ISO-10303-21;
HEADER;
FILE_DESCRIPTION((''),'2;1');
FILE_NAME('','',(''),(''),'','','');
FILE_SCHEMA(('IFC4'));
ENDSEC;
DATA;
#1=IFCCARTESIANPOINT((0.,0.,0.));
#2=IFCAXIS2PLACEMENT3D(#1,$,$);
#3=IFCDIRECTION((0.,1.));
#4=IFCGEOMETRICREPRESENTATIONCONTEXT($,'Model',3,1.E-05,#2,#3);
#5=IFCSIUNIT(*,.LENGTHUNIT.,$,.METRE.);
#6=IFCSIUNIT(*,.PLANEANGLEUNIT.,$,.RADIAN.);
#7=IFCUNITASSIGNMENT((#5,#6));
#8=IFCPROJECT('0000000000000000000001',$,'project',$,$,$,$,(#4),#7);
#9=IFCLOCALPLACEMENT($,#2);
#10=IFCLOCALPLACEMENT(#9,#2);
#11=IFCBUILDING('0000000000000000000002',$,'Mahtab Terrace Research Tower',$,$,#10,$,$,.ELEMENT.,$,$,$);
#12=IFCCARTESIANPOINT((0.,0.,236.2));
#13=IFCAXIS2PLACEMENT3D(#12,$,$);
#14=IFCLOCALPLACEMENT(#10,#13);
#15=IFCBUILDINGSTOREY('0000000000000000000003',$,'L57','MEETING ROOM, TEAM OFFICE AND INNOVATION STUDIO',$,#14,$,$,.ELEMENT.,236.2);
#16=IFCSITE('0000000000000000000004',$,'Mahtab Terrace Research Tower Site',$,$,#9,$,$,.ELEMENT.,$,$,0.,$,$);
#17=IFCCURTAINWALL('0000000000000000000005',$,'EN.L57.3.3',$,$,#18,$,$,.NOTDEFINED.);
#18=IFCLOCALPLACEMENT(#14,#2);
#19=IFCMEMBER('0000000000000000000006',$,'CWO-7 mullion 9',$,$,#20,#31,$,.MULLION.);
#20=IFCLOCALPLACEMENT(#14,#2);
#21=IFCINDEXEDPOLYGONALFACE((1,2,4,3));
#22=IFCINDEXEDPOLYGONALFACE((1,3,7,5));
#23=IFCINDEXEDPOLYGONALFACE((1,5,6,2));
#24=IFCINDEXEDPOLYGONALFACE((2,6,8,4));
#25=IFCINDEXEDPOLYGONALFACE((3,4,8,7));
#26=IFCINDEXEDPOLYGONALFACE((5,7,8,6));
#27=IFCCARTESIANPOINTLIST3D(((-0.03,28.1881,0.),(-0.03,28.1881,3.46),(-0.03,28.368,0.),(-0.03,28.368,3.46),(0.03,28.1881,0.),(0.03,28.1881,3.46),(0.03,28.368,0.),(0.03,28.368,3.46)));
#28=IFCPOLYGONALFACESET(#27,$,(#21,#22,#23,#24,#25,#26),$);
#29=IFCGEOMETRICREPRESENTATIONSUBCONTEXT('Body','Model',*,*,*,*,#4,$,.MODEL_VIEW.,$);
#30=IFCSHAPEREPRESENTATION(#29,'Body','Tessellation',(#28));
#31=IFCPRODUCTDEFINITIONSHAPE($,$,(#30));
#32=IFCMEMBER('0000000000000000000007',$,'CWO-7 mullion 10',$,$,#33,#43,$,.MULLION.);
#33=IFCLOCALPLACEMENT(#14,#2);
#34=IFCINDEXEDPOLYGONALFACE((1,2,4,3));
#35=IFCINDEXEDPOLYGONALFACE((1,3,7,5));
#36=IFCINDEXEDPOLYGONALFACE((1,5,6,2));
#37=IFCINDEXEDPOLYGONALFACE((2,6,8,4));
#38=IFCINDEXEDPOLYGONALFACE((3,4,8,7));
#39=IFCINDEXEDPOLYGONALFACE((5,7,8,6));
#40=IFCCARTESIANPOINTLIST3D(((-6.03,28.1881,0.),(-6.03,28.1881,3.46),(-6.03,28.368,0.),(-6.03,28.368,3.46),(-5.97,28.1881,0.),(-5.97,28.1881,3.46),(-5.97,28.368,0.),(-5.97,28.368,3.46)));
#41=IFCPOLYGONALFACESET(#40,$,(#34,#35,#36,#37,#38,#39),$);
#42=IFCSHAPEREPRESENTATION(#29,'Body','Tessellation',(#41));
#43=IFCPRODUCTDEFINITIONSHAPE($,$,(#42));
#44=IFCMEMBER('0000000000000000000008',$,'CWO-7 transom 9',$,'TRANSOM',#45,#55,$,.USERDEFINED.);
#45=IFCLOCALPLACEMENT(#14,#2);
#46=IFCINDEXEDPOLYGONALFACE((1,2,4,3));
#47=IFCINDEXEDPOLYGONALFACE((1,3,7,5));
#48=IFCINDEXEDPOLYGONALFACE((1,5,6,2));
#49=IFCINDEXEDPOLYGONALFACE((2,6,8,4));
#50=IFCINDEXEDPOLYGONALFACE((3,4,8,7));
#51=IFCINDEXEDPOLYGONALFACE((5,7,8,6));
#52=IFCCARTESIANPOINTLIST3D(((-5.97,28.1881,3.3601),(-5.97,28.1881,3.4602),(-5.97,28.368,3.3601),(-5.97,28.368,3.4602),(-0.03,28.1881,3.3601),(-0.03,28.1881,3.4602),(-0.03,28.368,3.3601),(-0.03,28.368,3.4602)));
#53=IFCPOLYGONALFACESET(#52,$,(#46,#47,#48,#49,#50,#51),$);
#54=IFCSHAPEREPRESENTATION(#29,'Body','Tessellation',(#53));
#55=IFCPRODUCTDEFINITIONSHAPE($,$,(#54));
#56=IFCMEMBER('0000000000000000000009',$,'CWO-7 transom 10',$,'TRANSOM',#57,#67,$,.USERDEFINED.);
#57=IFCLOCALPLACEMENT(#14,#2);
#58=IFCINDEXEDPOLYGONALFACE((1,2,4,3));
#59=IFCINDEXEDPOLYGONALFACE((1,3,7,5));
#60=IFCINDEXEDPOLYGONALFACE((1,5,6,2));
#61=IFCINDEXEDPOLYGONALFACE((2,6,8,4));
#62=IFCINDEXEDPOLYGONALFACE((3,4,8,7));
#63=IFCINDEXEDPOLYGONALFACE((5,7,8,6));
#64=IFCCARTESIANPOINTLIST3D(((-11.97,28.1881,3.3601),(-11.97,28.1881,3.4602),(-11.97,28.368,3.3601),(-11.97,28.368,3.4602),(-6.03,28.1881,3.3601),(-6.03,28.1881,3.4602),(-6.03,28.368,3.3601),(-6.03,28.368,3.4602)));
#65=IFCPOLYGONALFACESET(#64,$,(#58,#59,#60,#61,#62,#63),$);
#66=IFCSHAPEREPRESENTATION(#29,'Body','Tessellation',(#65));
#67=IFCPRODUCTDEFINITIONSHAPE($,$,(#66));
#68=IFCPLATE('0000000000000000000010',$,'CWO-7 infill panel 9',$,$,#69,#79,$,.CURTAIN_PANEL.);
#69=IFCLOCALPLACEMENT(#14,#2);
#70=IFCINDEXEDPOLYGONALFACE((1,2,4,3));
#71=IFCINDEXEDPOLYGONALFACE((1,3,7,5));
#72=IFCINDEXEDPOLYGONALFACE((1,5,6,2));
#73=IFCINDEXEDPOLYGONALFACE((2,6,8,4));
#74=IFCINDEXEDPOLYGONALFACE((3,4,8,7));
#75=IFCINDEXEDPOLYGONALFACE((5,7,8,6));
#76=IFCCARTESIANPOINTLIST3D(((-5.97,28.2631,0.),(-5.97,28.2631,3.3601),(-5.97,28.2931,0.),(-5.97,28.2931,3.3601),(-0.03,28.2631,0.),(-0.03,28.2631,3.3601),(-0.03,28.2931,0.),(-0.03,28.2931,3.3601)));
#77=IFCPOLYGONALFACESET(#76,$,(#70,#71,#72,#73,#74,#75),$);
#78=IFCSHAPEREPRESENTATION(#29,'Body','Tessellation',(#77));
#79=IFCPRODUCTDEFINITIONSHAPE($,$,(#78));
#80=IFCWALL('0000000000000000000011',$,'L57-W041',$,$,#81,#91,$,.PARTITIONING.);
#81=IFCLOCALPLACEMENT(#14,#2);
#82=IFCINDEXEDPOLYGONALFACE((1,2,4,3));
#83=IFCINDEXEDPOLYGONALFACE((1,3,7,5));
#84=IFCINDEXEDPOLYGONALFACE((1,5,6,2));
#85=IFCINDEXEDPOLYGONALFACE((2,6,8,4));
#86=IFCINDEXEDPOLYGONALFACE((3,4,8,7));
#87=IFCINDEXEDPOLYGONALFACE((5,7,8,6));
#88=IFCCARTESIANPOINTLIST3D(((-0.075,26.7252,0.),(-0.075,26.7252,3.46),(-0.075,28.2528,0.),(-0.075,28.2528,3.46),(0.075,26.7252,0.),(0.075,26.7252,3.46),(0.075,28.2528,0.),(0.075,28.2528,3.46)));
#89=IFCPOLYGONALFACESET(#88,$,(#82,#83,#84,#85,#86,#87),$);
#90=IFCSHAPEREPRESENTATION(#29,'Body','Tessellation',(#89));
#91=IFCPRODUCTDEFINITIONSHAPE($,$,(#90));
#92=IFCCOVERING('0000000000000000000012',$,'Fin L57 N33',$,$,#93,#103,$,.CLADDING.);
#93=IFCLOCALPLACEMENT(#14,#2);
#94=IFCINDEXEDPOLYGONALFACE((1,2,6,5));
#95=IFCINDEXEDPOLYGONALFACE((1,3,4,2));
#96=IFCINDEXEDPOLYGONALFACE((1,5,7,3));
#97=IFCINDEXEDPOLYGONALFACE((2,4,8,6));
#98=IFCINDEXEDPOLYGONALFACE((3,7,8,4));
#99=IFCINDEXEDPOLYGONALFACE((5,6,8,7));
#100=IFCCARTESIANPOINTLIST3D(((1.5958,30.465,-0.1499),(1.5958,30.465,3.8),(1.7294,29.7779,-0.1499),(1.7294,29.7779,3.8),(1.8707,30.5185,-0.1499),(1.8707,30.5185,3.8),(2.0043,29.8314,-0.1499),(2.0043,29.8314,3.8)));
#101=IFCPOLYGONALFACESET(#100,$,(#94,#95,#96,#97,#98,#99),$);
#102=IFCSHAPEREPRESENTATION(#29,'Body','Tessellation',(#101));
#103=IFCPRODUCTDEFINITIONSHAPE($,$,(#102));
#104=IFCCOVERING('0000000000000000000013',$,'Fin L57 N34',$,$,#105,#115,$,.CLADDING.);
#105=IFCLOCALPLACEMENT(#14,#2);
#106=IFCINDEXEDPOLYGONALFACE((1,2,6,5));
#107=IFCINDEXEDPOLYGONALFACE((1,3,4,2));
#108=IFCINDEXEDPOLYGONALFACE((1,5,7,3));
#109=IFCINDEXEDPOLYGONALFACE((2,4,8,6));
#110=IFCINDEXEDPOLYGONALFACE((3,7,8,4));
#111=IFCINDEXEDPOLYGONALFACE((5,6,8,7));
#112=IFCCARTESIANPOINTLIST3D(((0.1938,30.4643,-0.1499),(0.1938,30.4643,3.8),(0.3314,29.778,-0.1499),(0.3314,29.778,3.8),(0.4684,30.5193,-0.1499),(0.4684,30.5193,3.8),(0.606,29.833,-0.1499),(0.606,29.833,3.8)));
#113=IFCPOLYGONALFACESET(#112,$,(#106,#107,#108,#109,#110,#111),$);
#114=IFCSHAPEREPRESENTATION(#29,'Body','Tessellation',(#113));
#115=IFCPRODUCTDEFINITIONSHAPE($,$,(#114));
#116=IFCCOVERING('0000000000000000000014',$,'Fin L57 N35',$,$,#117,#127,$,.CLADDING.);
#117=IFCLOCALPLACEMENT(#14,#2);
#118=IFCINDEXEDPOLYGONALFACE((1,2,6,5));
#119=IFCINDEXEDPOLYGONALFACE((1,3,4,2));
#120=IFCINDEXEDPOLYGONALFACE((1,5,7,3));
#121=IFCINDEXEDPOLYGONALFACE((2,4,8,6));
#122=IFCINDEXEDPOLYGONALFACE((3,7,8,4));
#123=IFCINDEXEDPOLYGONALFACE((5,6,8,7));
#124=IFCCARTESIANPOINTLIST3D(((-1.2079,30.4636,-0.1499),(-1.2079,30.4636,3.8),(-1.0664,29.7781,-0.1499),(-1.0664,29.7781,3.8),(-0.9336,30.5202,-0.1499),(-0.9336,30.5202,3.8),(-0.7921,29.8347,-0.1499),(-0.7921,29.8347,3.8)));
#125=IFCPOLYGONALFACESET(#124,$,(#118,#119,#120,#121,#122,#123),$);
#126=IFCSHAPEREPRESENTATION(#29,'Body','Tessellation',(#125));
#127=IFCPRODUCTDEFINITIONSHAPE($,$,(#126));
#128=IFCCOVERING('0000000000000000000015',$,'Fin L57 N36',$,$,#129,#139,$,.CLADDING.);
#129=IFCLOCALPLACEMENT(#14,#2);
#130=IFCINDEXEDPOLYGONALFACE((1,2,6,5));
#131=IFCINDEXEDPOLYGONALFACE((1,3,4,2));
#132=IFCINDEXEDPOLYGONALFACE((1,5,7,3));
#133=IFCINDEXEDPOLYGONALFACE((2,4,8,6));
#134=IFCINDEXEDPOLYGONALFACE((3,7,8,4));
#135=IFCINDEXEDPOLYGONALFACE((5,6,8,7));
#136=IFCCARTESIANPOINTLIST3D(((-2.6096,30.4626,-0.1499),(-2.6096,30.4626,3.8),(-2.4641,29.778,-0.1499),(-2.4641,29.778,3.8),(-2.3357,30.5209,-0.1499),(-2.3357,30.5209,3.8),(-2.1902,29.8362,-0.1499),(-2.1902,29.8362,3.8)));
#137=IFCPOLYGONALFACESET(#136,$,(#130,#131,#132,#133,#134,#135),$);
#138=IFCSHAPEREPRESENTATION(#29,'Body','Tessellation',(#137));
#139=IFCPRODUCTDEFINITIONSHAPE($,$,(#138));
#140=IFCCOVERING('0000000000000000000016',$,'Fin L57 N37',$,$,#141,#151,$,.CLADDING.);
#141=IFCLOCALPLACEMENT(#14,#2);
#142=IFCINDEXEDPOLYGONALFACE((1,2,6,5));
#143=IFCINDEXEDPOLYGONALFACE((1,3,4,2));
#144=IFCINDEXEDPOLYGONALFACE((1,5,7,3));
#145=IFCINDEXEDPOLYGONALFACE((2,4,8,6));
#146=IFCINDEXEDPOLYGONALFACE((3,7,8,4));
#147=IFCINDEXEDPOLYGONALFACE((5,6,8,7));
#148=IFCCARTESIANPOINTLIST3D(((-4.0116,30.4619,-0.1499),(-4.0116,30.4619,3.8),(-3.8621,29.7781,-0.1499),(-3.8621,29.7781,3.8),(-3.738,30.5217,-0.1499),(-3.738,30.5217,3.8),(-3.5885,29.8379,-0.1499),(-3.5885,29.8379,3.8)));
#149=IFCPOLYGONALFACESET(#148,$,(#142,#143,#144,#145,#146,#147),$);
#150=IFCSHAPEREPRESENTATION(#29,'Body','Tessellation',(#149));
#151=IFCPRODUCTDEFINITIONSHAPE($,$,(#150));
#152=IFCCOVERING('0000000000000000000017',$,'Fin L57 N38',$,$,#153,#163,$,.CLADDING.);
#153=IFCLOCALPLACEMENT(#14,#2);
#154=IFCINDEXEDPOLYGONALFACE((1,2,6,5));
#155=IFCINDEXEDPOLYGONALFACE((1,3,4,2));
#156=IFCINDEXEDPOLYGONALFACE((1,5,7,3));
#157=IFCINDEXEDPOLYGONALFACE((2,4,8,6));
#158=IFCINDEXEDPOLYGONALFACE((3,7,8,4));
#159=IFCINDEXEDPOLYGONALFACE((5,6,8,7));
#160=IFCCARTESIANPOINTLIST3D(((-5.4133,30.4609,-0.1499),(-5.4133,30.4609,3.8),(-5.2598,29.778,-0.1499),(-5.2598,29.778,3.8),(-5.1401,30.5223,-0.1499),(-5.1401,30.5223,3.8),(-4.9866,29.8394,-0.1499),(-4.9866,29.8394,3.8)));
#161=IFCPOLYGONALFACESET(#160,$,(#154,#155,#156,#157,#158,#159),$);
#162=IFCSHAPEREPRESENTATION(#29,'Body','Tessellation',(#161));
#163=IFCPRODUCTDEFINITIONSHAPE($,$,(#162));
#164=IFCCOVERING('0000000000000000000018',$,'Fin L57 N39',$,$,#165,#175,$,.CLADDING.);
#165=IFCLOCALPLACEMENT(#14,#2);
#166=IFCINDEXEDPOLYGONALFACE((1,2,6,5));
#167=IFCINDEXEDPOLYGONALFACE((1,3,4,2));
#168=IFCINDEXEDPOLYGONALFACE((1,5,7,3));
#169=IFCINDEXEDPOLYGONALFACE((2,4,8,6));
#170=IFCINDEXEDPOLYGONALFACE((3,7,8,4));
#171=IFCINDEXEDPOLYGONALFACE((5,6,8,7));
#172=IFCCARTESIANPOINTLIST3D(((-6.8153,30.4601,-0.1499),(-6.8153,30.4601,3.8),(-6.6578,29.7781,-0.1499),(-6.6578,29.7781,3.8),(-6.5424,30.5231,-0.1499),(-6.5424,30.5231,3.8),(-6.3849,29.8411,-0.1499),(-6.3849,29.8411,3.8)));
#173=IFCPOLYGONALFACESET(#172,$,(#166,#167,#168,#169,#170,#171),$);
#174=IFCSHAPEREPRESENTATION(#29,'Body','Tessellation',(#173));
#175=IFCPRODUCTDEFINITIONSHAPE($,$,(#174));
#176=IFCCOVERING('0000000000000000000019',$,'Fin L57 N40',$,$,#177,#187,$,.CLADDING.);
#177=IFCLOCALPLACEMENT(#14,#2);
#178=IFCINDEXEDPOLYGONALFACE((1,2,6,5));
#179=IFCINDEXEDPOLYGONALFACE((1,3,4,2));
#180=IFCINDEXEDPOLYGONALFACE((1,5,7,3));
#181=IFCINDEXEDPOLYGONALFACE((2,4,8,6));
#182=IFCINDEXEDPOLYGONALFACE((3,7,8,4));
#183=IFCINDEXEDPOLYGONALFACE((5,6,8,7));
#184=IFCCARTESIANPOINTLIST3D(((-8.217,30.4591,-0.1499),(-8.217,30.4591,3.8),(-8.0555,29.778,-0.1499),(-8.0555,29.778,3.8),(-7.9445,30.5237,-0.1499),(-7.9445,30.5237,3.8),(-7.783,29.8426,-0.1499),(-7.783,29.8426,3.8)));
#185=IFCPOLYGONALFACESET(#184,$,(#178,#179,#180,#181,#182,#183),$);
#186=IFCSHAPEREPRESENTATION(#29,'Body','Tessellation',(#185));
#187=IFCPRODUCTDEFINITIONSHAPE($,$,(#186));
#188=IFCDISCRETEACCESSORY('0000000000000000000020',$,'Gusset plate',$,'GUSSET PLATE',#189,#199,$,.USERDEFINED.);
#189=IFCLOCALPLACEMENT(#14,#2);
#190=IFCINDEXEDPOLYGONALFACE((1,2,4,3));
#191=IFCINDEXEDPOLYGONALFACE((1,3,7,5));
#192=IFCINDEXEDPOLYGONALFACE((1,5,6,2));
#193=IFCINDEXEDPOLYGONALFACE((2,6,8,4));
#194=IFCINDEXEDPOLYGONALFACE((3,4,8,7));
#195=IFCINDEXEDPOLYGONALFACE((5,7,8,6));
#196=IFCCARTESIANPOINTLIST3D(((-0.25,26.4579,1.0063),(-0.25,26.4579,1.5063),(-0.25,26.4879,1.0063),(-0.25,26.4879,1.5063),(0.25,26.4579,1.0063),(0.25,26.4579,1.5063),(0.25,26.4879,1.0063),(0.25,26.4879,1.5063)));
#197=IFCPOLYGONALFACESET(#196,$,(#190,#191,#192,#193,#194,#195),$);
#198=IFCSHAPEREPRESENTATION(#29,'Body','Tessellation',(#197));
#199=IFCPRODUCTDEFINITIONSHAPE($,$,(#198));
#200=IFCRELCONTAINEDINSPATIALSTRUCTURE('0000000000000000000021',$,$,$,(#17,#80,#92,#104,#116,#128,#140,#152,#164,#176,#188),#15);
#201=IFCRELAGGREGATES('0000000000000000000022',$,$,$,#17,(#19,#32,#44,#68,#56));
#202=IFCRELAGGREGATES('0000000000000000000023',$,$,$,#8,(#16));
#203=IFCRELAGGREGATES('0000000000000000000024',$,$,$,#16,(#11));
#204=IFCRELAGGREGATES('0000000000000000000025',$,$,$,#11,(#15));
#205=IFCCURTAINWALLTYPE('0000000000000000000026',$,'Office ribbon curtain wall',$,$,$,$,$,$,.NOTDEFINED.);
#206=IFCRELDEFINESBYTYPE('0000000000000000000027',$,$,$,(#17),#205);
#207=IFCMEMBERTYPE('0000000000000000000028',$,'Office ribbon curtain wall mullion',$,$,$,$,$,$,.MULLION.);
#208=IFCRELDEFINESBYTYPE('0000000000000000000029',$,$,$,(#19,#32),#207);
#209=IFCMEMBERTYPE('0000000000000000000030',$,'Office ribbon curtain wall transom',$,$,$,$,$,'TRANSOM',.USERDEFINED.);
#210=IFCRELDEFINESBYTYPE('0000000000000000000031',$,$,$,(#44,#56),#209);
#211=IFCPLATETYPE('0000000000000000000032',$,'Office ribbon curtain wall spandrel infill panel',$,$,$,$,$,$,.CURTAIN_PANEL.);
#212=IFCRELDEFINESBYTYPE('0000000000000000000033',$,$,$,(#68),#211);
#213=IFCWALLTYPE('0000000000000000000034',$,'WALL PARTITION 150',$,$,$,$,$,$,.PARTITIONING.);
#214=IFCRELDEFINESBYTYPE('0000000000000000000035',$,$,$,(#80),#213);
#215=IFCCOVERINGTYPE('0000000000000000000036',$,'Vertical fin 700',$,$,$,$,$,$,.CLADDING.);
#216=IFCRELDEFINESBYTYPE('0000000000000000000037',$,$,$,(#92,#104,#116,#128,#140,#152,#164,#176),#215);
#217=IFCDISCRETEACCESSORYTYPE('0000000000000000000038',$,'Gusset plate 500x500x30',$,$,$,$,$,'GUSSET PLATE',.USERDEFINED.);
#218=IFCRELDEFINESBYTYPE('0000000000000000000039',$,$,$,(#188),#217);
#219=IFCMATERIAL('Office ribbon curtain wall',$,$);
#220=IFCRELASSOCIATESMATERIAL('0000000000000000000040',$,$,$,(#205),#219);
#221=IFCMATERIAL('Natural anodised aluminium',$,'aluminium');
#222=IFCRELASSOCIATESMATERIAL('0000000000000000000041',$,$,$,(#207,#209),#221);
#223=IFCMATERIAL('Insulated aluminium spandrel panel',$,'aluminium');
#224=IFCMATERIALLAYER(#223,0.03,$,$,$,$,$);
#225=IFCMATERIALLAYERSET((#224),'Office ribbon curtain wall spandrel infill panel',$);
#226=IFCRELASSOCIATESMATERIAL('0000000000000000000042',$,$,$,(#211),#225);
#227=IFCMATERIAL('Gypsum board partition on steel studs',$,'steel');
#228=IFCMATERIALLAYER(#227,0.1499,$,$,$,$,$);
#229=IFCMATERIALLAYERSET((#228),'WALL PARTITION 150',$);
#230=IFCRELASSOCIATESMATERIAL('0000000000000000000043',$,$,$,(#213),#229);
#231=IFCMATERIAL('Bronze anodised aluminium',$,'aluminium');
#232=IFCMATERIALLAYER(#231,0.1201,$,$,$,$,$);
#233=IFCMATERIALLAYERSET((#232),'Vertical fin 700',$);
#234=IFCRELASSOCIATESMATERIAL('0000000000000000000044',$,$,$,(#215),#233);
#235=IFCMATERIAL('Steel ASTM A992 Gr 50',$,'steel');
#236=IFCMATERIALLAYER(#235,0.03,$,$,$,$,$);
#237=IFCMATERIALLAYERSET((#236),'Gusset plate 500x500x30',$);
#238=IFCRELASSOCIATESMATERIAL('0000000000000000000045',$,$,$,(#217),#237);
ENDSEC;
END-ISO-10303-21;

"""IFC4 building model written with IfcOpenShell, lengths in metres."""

from ifc_helpers import new_model, si_unit, direction, frame, frame_2d, origin, origin_2d, place, context, subcontext, project, spatial, rectangle, extrude, material, layer, layer_set, material_profile, profile_set, type_object, element, aggregate, save


model = new_model("IFC4")

# Units and contexts
model_context = context("Model", 3, precision=1e-05, world=origin(), true_north=direction((0.0, 1.0)))
body_context = subcontext(model_context, "Body", "Model", "MODEL_VIEW")
ifc_project = project(units=[si_unit("LENGTHUNIT", "METRE"), si_unit("PLANEANGLEUNIT", "RADIAN")], contexts=[model_context])

# Site, building, storey
site_placement = place(None, origin())
site = spatial("IfcSite", under=ifc_project, at=site_placement, Name="Mahtab Terrace Research Tower Site", CompositionType="ELEMENT", RefElevation=0.0)
building_placement = place(site_placement, origin())
building = spatial("IfcBuilding", under=site, at=building_placement, Name="Mahtab Terrace Research Tower", CompositionType="ELEMENT")
storey_placement = place(building_placement, frame((0.0, 0.0, 236.2)))
storey = spatial("IfcBuildingStorey", under=building, at=storey_placement, Name="L57", Description="MEETING ROOM, TEAM OFFICE AND INNOVATION STUDIO", CompositionType="ELEMENT", Elevation=236.2)

# Curtain wall, members, plate
ifc_material_1 = material(Name="Office ribbon curtain wall")
curtain_wall_type = type_object("IfcCurtainWallType", Name="Office ribbon curtain wall", PredefinedType="NOTDEFINED", material=ifc_material_1)
curtain_wall_placement = place(storey_placement, origin())
curtain_wall = element("IfcCurtainWall", 1, at=curtain_wall_placement, inside=storey, type_object=curtain_wall_type, Name="EN.L57.3.3", PredefinedType="NOTDEFINED")
ifc_material_2 = material(Name="Natural anodised aluminium", Category="aluminium")
ifc_material_profile_1 = material_profile(ifc_material_2, rectangle(XDim=0.1799, YDim=0.0601, at=origin_2d()), Name="MULLION 60x180")
ifc_profile_set_1 = profile_set([ifc_material_profile_1], Name="Natural anodised aluminium")
member_type_1 = type_object("IfcMemberType", Name="Office ribbon curtain wall mullion", PredefinedType="MULLION", material=ifc_profile_set_1)
member_1_placement = place(storey_placement, frame((0.0, 28.2781, 0.0), z_axis=(0.0, 0.0, 1.0), x_axis=(0.0, -1.0, 0.0)))
member_1 = element("IfcMember", 2, at=member_1_placement, type_object=member_type_1, Name="CWO-7 mullion 9", PredefinedType="MULLION", context=body_context, shape_type="SweptSolid", body=[
    extrude(rectangle(XDim=0.1799, YDim=0.0601, at=origin_2d()), origin(), (0.0, 0.0, 1.0), 3.46),
])
member_2_placement = place(storey_placement, frame((-6.0, 28.2781, 0.0), z_axis=(0.0, 0.0, 1.0), x_axis=(0.0, -1.0, 0.0)))
member_2 = element("IfcMember", 3, at=member_2_placement, type_object=member_type_1, Name="CWO-7 mullion 10", PredefinedType="MULLION", context=body_context, shape_type="SweptSolid", body=[
    extrude(rectangle(XDim=0.1799, YDim=0.0601, at=origin_2d()), origin(), (0.0, 0.0, 1.0), 3.46),
])
ifc_material_profile_2 = material_profile(ifc_material_2, rectangle(XDim=0.1799, YDim=0.1001, at=origin_2d()), Name="TRANSOM 100x180")
ifc_profile_set_2 = profile_set([ifc_material_profile_2], Name="Natural anodised aluminium")
member_type_2 = type_object("IfcMemberType", Name="Office ribbon curtain wall transom", ElementType="TRANSOM", PredefinedType="USERDEFINED", material=ifc_profile_set_2)
member_3_placement = place(storey_placement, frame((-0.03, 28.2781, 3.4102), z_axis=(-1.0, 0.0, 0.0), x_axis=(0.0, -1.0, 0.0)))
member_3 = element("IfcMember", 4, at=member_3_placement, type_object=member_type_2, Name="CWO-7 transom 9", ObjectType="TRANSOM", PredefinedType="USERDEFINED", context=body_context, shape_type="SweptSolid", body=[
    extrude(rectangle(XDim=0.1799, YDim=0.1001, at=origin_2d()), origin(), (0.0, 0.0, 1.0), 5.9399),
])
member_4_placement = place(storey_placement, frame((-6.03, 28.2781, 3.4102), z_axis=(-1.0, 0.0, 0.0), x_axis=(0.0, -1.0, 0.0)))
member_4 = element("IfcMember", 5, at=member_4_placement, type_object=member_type_2, Name="CWO-7 transom 10", ObjectType="TRANSOM", PredefinedType="USERDEFINED", context=body_context, shape_type="SweptSolid", body=[
    extrude(rectangle(XDim=0.1799, YDim=0.1001, at=origin_2d()), origin(), (0.0, 0.0, 1.0), 5.9399),
])
ifc_material_3 = material(Name="Insulated aluminium spandrel panel", Category="aluminium")
ifc_layer_1 = layer(ifc_material_3, 0.03)
ifc_layer_set_1 = layer_set([ifc_layer_1], Name="Office ribbon curtain wall spandrel infill panel")
plate_type = type_object("IfcPlateType", Name="Office ribbon curtain wall spandrel infill panel", PredefinedType="CURTAIN_PANEL", material=ifc_layer_set_1)
plate_placement = place(storey_placement, frame((-3.0, 28.2781, 0.0), z_axis=(0.0, 0.0, 1.0), x_axis=(-1.0, 0.0, 0.0)))
plate = element("IfcPlate", 6, at=plate_placement, type_object=plate_type, Name="CWO-7 infill panel 9", PredefinedType="CURTAIN_PANEL", context=body_context, shape_type="SweptSolid", body=[
    extrude(rectangle(XDim=5.9399, YDim=0.03, at=origin_2d()), origin(), (0.0, 0.0, 1.0), 3.3601),
])
aggregate(curtain_wall, [member_1, member_2, member_3, plate, member_4])

# Wall
ifc_material_4 = material(Name="Gypsum board partition on steel studs", Category="steel")
ifc_layer_2 = layer(ifc_material_4, 0.1499)
ifc_layer_set_2 = layer_set([ifc_layer_2], Name="WALL PARTITION 150")
wall_type = type_object("IfcWallType", Name="WALL PARTITION 150", PredefinedType="PARTITIONING", material=ifc_layer_set_2)
wall_placement = place(storey_placement, frame((0.0, 26.7253, 0.0), z_axis=(0.0, 0.0, 1.0), x_axis=(0.0, 1.0, 0.0)))
element("IfcWall", 7, at=wall_placement, inside=storey, type_object=wall_type, Name="L57-W041", PredefinedType="PARTITIONING", context=body_context, shape_type="SweptSolid", body=[
    extrude(rectangle(XDim=1.5276, YDim=0.1499, at=frame_2d((0.7637, 0.0))), origin(), (0.0, 0.0, 1.0), 3.46),
])

# Coverings
ifc_material_5 = material(Name="Bronze anodised aluminium", Category="aluminium")
ifc_layer_3 = layer(ifc_material_5, 0.1201)
ifc_layer_set_3 = layer_set([ifc_layer_3], Name="Vertical fin 700")
covering_type = type_object("IfcCoveringType", Name="Vertical fin 700", PredefinedType="CLADDING", material=ifc_layer_set_3)
for number, where, z_axis, x_axis, name in (
    (8, (1.8, 30.1482, -0.1499), (0.0, 0.0, 1.0), (-0.981627, -0.190809, 0.0), "Fin L57 N33"),
    (9, (0.3999, 30.1487, -0.1499), (0.0, 0.0, 1.0), (-0.9805, -0.196517, 0.0), "Fin L57 N34"),
    (10, (-1.0, 30.1492, -0.1499), (0.0, 0.0, 1.0), (-0.979341, -0.202218, 0.0), "Fin L57 N35"),
    (11, (-2.3999, 30.1494, -0.1499), (0.0, 0.0, 1.0), (-0.978148, -0.207912, 0.0), "Fin L57 N36"),
    (12, (-3.8, 30.1499, -0.1499), (0.0, 0.0, 1.0), (-0.976921, -0.213599, 0.0), "Fin L57 N37"),
    (13, (-5.2, 30.1501, -0.1499), (0.0, 0.0, 1.0), (-0.975662, -0.219279, 0.0), "Fin L57 N38"),
    (14, (-6.6001, 30.1506, -0.1499), (0.0, 0.0, 1.0), (-0.97437, -0.224951, 0.0), "Fin L57 N39"),
    (15, (-8.0, 30.1509, -0.1499), (0.0, 0.0, 1.0), (-0.973045, -0.230616, 0.0), "Fin L57 N40"),
):
    element("IfcCovering", number, at=place(storey_placement, frame(where, z_axis=z_axis, x_axis=x_axis)), inside=storey, type_object=covering_type, Name=name, PredefinedType="CLADDING", context=body_context, shape_type="SweptSolid", body=[
        extrude(rectangle(XDim=0.28, YDim=0.7, at=origin_2d()), origin(), (0.0, 0.0, 1.0), 3.95),
    ])

# Discrete accessory
ifc_material_6 = material(Name="Steel ASTM A992 Gr 50", Category="steel")
ifc_layer_4 = layer(ifc_material_6, 0.03)
ifc_layer_set_4 = layer_set([ifc_layer_4], Name="Gusset plate 500x500x30")
discrete_accessory_type = type_object("IfcDiscreteAccessoryType", Name="Gusset plate 500x500x30", ElementType="GUSSET PLATE", PredefinedType="USERDEFINED", material=ifc_layer_set_4)
discrete_accessory_placement = place(storey_placement, frame((0.0, 26.4729, 1.0063), z_axis=(0.0, 0.0, 1.0), x_axis=(1.0, 0.0, 0.0)))
element("IfcDiscreteAccessory", 16, at=discrete_accessory_placement, inside=storey, type_object=discrete_accessory_type, Name="Gusset plate", ObjectType="GUSSET PLATE", PredefinedType="USERDEFINED", context=body_context, shape_type="SweptSolid", body=[
    extrude(rectangle(XDim=0.5, YDim=0.03, at=origin_2d()), origin(), (0.0, 0.0, 1.0), 0.5),
])

save(model, "model.ifc")
